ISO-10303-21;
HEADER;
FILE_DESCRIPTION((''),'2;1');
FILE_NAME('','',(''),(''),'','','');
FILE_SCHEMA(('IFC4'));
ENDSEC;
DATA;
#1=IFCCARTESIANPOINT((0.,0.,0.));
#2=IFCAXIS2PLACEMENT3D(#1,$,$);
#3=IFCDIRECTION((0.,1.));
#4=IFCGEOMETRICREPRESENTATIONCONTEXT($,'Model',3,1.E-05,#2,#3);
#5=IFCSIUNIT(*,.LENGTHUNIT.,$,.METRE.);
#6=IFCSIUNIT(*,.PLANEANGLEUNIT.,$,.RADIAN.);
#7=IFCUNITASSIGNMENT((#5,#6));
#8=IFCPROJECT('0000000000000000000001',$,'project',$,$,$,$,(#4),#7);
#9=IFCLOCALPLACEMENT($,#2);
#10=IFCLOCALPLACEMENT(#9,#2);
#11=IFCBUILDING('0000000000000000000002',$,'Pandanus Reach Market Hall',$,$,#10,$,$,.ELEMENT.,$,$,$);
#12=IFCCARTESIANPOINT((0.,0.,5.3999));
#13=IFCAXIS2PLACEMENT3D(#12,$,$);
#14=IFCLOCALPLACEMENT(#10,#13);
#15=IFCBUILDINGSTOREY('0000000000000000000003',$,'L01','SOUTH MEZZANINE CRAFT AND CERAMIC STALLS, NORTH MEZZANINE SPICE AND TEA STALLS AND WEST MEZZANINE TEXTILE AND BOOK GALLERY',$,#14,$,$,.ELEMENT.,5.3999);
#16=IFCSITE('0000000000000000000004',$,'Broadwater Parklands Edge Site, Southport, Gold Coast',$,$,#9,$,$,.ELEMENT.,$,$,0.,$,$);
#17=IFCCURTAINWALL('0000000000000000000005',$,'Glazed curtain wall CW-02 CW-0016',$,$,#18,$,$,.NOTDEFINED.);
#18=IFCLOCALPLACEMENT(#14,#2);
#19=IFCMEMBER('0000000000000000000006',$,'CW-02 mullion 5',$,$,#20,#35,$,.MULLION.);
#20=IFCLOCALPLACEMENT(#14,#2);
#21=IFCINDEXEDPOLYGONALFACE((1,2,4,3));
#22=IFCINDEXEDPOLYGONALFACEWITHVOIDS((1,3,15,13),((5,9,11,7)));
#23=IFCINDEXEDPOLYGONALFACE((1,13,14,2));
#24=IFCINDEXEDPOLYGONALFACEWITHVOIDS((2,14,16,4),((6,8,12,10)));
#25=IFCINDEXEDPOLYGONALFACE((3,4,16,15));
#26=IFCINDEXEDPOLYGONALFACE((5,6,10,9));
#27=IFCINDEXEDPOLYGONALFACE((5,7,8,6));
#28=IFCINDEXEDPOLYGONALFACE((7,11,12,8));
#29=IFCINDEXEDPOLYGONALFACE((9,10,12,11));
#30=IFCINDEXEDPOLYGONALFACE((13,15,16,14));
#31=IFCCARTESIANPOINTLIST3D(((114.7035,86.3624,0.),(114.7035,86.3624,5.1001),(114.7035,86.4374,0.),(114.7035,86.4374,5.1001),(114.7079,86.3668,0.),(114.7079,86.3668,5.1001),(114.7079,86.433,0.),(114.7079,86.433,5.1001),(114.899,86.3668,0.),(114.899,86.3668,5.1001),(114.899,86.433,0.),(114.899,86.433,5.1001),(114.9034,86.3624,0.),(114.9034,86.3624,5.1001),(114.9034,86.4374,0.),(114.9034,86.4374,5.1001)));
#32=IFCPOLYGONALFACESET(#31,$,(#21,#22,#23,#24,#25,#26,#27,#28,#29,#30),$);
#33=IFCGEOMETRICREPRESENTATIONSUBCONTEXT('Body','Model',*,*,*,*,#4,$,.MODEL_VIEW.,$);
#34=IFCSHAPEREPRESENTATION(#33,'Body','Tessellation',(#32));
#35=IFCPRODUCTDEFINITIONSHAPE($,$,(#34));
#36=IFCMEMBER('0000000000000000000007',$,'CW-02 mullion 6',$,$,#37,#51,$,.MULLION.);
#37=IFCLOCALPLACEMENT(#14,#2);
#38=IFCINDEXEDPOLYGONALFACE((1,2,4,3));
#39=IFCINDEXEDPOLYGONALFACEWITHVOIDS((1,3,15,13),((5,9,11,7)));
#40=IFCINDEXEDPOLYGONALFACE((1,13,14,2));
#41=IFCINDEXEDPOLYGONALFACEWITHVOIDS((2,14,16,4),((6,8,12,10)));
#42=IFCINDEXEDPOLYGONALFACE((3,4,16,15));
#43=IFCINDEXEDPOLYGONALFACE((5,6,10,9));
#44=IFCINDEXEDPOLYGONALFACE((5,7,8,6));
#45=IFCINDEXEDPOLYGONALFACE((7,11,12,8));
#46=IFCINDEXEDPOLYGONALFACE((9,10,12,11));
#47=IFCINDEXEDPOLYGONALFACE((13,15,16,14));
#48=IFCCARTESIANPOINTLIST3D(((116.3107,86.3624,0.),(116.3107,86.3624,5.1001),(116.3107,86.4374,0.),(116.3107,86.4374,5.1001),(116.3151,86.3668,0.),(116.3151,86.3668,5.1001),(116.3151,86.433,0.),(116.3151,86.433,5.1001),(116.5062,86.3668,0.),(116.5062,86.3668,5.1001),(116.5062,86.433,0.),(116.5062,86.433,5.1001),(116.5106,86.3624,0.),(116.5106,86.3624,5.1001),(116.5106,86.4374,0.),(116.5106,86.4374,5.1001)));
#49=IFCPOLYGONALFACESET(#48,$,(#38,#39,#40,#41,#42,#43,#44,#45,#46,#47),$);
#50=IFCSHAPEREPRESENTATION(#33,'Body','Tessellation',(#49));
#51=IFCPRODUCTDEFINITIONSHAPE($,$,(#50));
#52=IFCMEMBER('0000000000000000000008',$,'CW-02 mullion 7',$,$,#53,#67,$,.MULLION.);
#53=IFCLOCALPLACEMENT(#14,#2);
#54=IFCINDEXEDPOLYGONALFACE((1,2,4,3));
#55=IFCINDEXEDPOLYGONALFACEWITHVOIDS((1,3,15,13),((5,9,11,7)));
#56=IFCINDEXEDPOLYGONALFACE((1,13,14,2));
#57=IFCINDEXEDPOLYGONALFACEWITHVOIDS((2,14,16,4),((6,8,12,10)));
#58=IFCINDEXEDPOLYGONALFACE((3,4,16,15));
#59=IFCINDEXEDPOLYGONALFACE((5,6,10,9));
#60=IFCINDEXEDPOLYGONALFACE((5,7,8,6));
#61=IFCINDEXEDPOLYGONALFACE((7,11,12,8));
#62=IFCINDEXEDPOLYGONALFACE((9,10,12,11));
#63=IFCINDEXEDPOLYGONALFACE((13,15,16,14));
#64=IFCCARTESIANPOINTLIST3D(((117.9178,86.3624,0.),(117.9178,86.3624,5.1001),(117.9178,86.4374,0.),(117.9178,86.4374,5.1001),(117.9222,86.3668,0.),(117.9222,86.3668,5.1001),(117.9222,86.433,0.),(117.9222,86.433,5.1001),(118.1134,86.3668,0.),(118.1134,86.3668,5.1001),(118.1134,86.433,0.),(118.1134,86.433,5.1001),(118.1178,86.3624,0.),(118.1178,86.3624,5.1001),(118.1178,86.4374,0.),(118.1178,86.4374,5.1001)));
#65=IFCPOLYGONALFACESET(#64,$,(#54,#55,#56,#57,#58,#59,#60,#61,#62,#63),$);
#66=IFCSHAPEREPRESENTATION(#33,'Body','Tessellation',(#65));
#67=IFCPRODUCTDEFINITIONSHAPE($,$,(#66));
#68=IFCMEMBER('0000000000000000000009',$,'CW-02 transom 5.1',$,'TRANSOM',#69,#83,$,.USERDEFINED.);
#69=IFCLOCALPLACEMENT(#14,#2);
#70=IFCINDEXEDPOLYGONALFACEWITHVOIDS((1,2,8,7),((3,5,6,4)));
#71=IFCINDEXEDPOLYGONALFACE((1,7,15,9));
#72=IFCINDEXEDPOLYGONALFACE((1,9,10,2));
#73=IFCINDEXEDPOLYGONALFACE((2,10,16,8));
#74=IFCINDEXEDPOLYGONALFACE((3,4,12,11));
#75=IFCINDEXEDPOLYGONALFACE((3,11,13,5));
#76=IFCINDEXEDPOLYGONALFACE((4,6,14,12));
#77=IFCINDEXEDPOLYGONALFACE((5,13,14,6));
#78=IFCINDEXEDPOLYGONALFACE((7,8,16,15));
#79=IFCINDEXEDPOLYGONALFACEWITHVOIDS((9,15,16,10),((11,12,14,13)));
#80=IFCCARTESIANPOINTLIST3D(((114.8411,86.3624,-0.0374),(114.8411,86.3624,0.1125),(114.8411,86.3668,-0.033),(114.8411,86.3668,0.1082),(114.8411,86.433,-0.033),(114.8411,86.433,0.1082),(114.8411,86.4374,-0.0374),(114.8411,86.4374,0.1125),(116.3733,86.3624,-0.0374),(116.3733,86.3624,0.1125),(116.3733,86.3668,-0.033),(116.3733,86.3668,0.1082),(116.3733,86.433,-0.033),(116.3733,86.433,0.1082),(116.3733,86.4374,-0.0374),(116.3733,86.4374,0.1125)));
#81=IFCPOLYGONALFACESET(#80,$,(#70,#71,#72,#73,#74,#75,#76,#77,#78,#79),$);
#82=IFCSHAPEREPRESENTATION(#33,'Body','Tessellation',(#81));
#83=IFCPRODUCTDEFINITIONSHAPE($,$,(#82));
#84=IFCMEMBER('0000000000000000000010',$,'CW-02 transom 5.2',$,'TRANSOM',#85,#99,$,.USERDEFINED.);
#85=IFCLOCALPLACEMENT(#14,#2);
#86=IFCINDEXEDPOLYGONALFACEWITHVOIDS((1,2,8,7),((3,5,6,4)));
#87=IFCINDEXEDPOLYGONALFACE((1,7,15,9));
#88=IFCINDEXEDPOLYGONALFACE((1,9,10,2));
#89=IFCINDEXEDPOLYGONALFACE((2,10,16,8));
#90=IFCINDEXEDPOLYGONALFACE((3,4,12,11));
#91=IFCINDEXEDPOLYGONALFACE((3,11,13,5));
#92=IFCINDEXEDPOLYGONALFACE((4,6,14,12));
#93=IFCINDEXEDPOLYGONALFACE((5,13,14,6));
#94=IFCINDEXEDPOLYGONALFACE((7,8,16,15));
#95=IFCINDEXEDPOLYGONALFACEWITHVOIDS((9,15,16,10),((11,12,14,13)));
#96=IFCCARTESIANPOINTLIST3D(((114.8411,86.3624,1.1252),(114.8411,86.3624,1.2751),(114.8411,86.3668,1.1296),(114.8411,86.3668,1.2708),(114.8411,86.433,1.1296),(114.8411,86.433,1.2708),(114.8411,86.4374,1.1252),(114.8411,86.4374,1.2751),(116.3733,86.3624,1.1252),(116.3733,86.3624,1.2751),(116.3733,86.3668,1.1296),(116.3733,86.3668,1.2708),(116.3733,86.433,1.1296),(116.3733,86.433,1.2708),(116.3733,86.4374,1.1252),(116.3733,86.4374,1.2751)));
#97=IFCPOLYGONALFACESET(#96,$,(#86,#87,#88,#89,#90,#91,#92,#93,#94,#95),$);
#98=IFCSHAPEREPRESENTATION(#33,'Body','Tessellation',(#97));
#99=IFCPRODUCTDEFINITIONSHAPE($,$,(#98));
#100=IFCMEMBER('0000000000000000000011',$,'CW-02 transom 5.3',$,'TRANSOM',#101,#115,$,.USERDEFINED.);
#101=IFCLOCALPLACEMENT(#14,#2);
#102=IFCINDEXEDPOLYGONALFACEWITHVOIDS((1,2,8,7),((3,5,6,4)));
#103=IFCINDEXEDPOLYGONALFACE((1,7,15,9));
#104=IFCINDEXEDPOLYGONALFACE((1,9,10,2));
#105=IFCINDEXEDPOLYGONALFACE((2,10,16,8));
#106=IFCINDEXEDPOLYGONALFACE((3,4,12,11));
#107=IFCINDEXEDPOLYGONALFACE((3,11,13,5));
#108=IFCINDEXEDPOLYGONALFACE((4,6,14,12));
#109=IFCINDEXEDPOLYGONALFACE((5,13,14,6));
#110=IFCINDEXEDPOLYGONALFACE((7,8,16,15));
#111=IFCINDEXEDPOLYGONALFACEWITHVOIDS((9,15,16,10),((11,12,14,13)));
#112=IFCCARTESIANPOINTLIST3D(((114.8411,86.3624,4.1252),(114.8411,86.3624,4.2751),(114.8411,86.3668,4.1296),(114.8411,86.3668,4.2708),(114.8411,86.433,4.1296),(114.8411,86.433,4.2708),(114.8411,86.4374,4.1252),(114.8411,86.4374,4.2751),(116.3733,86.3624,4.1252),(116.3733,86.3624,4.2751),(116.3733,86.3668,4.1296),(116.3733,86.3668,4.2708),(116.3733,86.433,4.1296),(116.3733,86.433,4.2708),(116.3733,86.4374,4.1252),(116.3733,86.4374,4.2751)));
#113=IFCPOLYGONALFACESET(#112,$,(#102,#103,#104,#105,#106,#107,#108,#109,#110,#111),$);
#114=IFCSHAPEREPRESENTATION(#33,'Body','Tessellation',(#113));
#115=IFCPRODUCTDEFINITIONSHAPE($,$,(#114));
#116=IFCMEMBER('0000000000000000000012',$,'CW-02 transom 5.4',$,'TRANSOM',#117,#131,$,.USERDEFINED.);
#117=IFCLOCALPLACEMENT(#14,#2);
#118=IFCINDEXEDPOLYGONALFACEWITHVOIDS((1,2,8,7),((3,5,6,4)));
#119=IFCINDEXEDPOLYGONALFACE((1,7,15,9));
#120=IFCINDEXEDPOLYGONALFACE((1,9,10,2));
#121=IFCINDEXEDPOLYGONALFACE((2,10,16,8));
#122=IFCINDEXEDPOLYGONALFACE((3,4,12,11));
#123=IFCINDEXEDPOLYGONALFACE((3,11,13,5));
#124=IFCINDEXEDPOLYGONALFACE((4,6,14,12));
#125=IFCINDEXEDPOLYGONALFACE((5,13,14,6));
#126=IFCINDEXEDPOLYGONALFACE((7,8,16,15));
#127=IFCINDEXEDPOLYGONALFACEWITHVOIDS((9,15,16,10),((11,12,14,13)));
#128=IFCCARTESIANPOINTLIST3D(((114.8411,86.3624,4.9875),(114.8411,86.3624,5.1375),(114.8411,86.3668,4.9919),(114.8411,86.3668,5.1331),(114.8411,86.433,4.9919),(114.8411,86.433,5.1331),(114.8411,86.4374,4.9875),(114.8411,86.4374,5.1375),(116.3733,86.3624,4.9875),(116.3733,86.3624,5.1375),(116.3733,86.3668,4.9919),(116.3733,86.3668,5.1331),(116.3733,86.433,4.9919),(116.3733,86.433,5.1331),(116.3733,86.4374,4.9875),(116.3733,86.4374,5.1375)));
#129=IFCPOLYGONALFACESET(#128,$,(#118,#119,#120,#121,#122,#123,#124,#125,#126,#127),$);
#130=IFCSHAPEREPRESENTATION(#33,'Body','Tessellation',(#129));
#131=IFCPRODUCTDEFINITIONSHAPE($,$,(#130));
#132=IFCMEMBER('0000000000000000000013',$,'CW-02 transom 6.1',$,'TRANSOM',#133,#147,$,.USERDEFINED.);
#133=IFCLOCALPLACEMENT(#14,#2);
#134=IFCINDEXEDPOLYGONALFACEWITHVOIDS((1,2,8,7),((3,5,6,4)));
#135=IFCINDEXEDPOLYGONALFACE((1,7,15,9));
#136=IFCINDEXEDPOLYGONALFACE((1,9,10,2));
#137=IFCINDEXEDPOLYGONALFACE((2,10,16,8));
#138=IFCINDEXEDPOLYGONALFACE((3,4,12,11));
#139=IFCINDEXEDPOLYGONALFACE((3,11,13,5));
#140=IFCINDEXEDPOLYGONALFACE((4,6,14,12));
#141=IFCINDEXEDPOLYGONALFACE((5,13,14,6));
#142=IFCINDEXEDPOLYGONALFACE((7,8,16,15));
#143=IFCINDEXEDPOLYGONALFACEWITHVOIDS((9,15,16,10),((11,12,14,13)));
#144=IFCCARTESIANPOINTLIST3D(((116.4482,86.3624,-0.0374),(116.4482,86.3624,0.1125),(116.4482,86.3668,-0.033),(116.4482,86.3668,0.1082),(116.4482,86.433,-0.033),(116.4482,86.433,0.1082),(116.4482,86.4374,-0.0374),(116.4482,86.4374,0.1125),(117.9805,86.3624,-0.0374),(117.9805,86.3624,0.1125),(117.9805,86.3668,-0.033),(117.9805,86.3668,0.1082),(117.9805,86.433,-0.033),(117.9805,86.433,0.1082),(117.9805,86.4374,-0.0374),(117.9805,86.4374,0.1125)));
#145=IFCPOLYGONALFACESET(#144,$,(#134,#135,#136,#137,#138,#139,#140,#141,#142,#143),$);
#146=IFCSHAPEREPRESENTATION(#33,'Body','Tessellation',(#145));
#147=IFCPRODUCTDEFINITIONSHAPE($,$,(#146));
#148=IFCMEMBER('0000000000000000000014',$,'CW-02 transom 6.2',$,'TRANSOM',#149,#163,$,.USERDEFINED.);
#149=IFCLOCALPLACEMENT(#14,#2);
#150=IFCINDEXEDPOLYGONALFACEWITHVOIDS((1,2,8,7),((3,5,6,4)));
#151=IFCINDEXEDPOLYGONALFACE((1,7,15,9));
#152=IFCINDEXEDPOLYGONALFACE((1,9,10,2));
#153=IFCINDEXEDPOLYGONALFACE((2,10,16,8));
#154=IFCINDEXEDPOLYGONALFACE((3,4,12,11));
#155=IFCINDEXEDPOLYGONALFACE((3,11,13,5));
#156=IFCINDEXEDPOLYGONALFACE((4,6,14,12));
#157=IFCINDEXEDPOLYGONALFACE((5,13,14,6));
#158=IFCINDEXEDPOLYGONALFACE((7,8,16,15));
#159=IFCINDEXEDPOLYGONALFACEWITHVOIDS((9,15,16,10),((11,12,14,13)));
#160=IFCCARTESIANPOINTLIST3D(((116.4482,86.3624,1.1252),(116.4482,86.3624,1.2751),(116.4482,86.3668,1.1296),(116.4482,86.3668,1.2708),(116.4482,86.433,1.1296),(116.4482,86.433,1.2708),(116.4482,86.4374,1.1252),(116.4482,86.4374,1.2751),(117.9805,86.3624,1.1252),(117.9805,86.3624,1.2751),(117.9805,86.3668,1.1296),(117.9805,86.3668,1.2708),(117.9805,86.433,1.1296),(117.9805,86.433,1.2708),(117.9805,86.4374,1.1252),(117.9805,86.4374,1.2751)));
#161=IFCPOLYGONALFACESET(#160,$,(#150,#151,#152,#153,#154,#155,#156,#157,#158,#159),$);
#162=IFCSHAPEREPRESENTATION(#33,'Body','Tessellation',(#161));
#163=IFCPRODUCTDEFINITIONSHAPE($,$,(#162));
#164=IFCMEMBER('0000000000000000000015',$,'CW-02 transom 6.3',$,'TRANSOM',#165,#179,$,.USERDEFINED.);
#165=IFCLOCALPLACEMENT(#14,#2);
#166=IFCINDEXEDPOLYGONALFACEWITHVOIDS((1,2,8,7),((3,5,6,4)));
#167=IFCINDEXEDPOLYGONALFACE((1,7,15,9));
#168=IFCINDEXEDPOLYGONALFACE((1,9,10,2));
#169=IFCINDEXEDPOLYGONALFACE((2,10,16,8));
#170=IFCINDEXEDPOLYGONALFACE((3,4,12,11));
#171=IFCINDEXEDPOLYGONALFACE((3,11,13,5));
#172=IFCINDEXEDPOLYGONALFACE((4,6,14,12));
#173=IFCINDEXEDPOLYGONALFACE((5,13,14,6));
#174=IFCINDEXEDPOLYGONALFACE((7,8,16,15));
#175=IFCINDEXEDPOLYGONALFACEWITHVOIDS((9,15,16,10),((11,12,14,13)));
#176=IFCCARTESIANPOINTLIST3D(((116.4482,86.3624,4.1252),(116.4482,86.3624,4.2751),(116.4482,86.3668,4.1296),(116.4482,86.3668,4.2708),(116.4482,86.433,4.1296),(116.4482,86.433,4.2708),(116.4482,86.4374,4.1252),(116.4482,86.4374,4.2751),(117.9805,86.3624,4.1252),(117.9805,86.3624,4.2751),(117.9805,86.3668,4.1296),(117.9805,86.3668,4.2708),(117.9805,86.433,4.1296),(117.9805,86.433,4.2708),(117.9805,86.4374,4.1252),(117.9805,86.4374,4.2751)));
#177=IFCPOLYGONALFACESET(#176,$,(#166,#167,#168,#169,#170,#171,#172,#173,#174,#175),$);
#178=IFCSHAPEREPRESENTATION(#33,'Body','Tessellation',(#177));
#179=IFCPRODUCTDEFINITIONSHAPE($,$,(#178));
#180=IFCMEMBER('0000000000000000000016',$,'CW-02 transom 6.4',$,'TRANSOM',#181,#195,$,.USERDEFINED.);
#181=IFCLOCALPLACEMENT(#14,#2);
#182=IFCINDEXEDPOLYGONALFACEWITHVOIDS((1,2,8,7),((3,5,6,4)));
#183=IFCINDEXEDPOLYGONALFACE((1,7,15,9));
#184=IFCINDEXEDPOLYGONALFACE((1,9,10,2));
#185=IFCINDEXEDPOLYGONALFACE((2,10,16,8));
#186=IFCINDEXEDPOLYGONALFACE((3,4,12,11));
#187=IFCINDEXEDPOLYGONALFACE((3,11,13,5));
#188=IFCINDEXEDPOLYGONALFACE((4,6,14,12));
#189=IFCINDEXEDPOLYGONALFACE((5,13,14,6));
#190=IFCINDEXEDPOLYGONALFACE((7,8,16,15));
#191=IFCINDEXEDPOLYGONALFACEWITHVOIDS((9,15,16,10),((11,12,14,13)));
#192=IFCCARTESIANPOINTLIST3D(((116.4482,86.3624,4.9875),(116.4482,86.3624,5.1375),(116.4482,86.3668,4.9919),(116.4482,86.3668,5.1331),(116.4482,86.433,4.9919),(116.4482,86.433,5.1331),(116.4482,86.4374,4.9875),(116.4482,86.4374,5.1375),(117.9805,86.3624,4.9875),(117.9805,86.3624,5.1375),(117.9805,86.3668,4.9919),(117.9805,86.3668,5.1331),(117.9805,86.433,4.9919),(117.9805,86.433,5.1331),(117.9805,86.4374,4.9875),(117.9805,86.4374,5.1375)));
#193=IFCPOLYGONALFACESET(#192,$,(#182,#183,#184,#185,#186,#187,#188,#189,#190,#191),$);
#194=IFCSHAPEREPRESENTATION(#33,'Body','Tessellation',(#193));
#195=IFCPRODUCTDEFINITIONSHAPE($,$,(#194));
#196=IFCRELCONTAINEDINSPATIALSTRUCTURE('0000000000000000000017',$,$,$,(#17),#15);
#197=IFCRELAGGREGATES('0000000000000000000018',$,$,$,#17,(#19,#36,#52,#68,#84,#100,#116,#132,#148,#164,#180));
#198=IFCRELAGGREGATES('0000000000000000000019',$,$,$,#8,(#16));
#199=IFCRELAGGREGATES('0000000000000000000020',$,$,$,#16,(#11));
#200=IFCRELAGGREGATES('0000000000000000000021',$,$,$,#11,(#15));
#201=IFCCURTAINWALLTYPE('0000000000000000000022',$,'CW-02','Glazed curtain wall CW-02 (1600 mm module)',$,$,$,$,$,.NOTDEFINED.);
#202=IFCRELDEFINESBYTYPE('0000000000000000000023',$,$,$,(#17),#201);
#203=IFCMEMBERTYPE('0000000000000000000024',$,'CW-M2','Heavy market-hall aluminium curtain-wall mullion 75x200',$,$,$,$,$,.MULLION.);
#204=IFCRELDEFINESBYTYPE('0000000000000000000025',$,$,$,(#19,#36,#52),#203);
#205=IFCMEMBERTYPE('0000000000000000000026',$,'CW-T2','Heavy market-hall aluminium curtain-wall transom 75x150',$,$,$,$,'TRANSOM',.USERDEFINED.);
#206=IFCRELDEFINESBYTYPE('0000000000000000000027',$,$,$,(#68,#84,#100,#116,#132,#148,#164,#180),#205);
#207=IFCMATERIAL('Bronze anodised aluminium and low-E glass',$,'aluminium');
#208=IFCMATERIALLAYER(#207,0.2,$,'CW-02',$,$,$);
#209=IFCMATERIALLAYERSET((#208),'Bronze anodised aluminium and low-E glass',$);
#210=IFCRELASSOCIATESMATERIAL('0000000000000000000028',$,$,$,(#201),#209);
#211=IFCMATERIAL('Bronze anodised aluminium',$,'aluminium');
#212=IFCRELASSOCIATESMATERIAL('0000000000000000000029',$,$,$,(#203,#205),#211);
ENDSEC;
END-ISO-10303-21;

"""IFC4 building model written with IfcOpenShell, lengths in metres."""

from ifc_helpers import new_model, si_unit, direction, frame, origin, origin_2d, place, context, subcontext, project, spatial, hollow_rectangle, extrude, material, layer, layer_set, material_profile, profile_set, type_object, element, aggregate, save


model = new_model("IFC4")

# Units and contexts
model_context = context("Model", 3, precision=1e-05, world=origin(), true_north=direction((0.0, 1.0)))
body_context = subcontext(model_context, "Body", "Model", "MODEL_VIEW")
ifc_project = project(units=[si_unit("LENGTHUNIT", "METRE"), si_unit("PLANEANGLEUNIT", "RADIAN")], contexts=[model_context])

# Site, building, storey
site_placement = place(None, origin())
site = spatial("IfcSite", under=ifc_project, at=site_placement, Name="Broadwater Parklands Edge Site, Southport, Gold Coast", CompositionType="ELEMENT", RefElevation=0.0)
building_placement = place(site_placement, origin())
building = spatial("IfcBuilding", under=site, at=building_placement, Name="Pandanus Reach Market Hall", CompositionType="ELEMENT")
storey_placement = place(building_placement, frame((0.0, 0.0, 5.3999)))
storey = spatial("IfcBuildingStorey", under=building, at=storey_placement, Name="L01", Description="SOUTH MEZZANINE CRAFT AND CERAMIC STALLS, NORTH MEZZANINE SPICE AND TEA STALLS AND WEST MEZZANINE TEXTILE AND BOOK GALLERY", CompositionType="ELEMENT", Elevation=5.3999)

# Curtain wall, members
ifc_material_1 = material(Name="Bronze anodised aluminium and low-E glass", Category="aluminium")
ifc_layer_1 = layer(ifc_material_1, 0.2, Name="CW-02")
ifc_layer_set_1 = layer_set([ifc_layer_1], Name="Bronze anodised aluminium and low-E glass")
curtain_wall_type = type_object("IfcCurtainWallType", Name="CW-02", Description="Glazed curtain wall CW-02 (1600 mm module)", PredefinedType="NOTDEFINED", material=ifc_layer_set_1)
curtain_wall_placement = place(storey_placement, origin())
curtain_wall = element("IfcCurtainWall", 1, at=curtain_wall_placement, inside=storey, type_object=curtain_wall_type, Name="Glazed curtain wall CW-02 CW-0016", PredefinedType="NOTDEFINED")
ifc_material_2 = material(Name="Bronze anodised aluminium", Category="aluminium")
ifc_material_profile_1 = material_profile(ifc_material_2, hollow_rectangle(XDim=0.075, YDim=0.2, WallThickness=0.0044, at=origin_2d()), Name="ALU75x200", Category="LoadBearing")
ifc_profile_set_1 = profile_set([ifc_material_profile_1], Name="Bronze anodised aluminium")
member_type_1 = type_object("IfcMemberType", Name="CW-M2", Description="Heavy market-hall aluminium curtain-wall mullion 75x200", PredefinedType="MULLION", material=ifc_profile_set_1)
member_1_placement = place(storey_placement, frame((114.8035, 86.3999, 0.0), z_axis=(0.0, 0.0, 1.0), x_axis=(0.0, 1.0, 0.0)))
member_1 = element("IfcMember", 2, at=member_1_placement, type_object=member_type_1, Name="CW-02 mullion 5", PredefinedType="MULLION", context=body_context, shape_type="SweptSolid", body=[
    extrude(hollow_rectangle(XDim=0.075, YDim=0.2, WallThickness=0.0044, at=origin_2d()), origin(), (0.0, 0.0, 1.0), 5.1001),
])
member_2_placement = place(storey_placement, frame((116.4106, 86.3999, 0.0), z_axis=(0.0, 0.0, 1.0), x_axis=(0.0, 1.0, 0.0)))
member_2 = element("IfcMember", 3, at=member_2_placement, type_object=member_type_1, Name="CW-02 mullion 6", PredefinedType="MULLION", context=body_context, shape_type="SweptSolid", body=[
    extrude(hollow_rectangle(XDim=0.075, YDim=0.2, WallThickness=0.0044, at=origin_2d()), origin(), (0.0, 0.0, 1.0), 5.1001),
])
member_3_placement = place(storey_placement, frame((118.0178, 86.3999, 0.0), z_axis=(0.0, 0.0, 1.0), x_axis=(0.0, 1.0, 0.0)))
member_3 = element("IfcMember", 4, at=member_3_placement, type_object=member_type_1, Name="CW-02 mullion 7", PredefinedType="MULLION", context=body_context, shape_type="SweptSolid", body=[
    extrude(hollow_rectangle(XDim=0.075, YDim=0.2, WallThickness=0.0044, at=origin_2d()), origin(), (0.0, 0.0, 1.0), 5.1001),
])
ifc_material_profile_2 = material_profile(ifc_material_2, hollow_rectangle(XDim=0.075, YDim=0.1499, WallThickness=0.0044, at=origin_2d()), Name="ALU75x150", Category="LoadBearing")
ifc_profile_set_2 = profile_set([ifc_material_profile_2], Name="Bronze anodised aluminium")
member_type_2 = type_object("IfcMemberType", Name="CW-T2", Description="Heavy market-hall aluminium curtain-wall transom 75x150", ElementType="TRANSOM", PredefinedType="USERDEFINED", material=ifc_profile_set_2)
member_4_placement = place(storey_placement, frame((114.8411, 86.3999, 0.0376), z_axis=(1.0, 0.0, 0.0), x_axis=(0.0, 1.0, 0.0)))
member_4 = element("IfcMember", 5, at=member_4_placement, type_object=member_type_2, Name="CW-02 transom 5.1", ObjectType="TRANSOM", PredefinedType="USERDEFINED", context=body_context, shape_type="SweptSolid", body=[
    extrude(hollow_rectangle(XDim=0.075, YDim=0.1499, WallThickness=0.0044, at=origin_2d()), origin(), (0.0, 0.0, 1.0), 1.5322),
])
member_5_placement = place(storey_placement, frame((114.8411, 86.3999, 1.2002), z_axis=(1.0, 0.0, 0.0), x_axis=(0.0, 1.0, 0.0)))
member_5 = element("IfcMember", 6, at=member_5_placement, type_object=member_type_2, Name="CW-02 transom 5.2", ObjectType="TRANSOM", PredefinedType="USERDEFINED", context=body_context, shape_type="SweptSolid", body=[
    extrude(hollow_rectangle(XDim=0.075, YDim=0.1499, WallThickness=0.0044, at=origin_2d()), origin(), (0.0, 0.0, 1.0), 1.5322),
])
member_6_placement = place(storey_placement, frame((114.8411, 86.3999, 4.2002), z_axis=(1.0, 0.0, 0.0), x_axis=(0.0, 1.0, 0.0)))
member_6 = element("IfcMember", 7, at=member_6_placement, type_object=member_type_2, Name="CW-02 transom 5.3", ObjectType="TRANSOM", PredefinedType="USERDEFINED", context=body_context, shape_type="SweptSolid", body=[
    extrude(hollow_rectangle(XDim=0.075, YDim=0.1499, WallThickness=0.0044, at=origin_2d()), origin(), (0.0, 0.0, 1.0), 1.5322),
])
member_7_placement = place(storey_placement, frame((114.8411, 86.3999, 5.0625), z_axis=(1.0, 0.0, 0.0), x_axis=(0.0, 1.0, 0.0)))
member_7 = element("IfcMember", 8, at=member_7_placement, type_object=member_type_2, Name="CW-02 transom 5.4", ObjectType="TRANSOM", PredefinedType="USERDEFINED", context=body_context, shape_type="SweptSolid", body=[
    extrude(hollow_rectangle(XDim=0.075, YDim=0.1499, WallThickness=0.0044, at=origin_2d()), origin(), (0.0, 0.0, 1.0), 1.5322),
])
member_8_placement = place(storey_placement, frame((116.4482, 86.3999, 0.0376), z_axis=(1.0, 0.0, 0.0), x_axis=(0.0, 1.0, 0.0)))
member_8 = element("IfcMember", 9, at=member_8_placement, type_object=member_type_2, Name="CW-02 transom 6.1", ObjectType="TRANSOM", PredefinedType="USERDEFINED", context=body_context, shape_type="SweptSolid", body=[
    extrude(hollow_rectangle(XDim=0.075, YDim=0.1499, WallThickness=0.0044, at=origin_2d()), origin(), (0.0, 0.0, 1.0), 1.5322),
])
member_9_placement = place(storey_placement, frame((116.4482, 86.3999, 1.2002), z_axis=(1.0, 0.0, 0.0), x_axis=(0.0, 1.0, 0.0)))
member_9 = element("IfcMember", 10, at=member_9_placement, type_object=member_type_2, Name="CW-02 transom 6.2", ObjectType="TRANSOM", PredefinedType="USERDEFINED", context=body_context, shape_type="SweptSolid", body=[
    extrude(hollow_rectangle(XDim=0.075, YDim=0.1499, WallThickness=0.0044, at=origin_2d()), origin(), (0.0, 0.0, 1.0), 1.5322),
])
member_10_placement = place(storey_placement, frame((116.4482, 86.3999, 4.2002), z_axis=(1.0, 0.0, 0.0), x_axis=(0.0, 1.0, 0.0)))
member_10 = element("IfcMember", 11, at=member_10_placement, type_object=member_type_2, Name="CW-02 transom 6.3", ObjectType="TRANSOM", PredefinedType="USERDEFINED", context=body_context, shape_type="SweptSolid", body=[
    extrude(hollow_rectangle(XDim=0.075, YDim=0.1499, WallThickness=0.0044, at=origin_2d()), origin(), (0.0, 0.0, 1.0), 1.5322),
])
member_11_placement = place(storey_placement, frame((116.4482, 86.3999, 5.0625), z_axis=(1.0, 0.0, 0.0), x_axis=(0.0, 1.0, 0.0)))
member_11 = element("IfcMember", 12, at=member_11_placement, type_object=member_type_2, Name="CW-02 transom 6.4", ObjectType="TRANSOM", PredefinedType="USERDEFINED", context=body_context, shape_type="SweptSolid", body=[
    extrude(hollow_rectangle(XDim=0.075, YDim=0.1499, WallThickness=0.0044, at=origin_2d()), origin(), (0.0, 0.0, 1.0), 1.5322),
])
aggregate(curtain_wall, [member_1, member_2, member_3, member_4, member_5, member_6, member_7, member_8, member_9, member_10, member_11])

save(model, "model.ifc")
